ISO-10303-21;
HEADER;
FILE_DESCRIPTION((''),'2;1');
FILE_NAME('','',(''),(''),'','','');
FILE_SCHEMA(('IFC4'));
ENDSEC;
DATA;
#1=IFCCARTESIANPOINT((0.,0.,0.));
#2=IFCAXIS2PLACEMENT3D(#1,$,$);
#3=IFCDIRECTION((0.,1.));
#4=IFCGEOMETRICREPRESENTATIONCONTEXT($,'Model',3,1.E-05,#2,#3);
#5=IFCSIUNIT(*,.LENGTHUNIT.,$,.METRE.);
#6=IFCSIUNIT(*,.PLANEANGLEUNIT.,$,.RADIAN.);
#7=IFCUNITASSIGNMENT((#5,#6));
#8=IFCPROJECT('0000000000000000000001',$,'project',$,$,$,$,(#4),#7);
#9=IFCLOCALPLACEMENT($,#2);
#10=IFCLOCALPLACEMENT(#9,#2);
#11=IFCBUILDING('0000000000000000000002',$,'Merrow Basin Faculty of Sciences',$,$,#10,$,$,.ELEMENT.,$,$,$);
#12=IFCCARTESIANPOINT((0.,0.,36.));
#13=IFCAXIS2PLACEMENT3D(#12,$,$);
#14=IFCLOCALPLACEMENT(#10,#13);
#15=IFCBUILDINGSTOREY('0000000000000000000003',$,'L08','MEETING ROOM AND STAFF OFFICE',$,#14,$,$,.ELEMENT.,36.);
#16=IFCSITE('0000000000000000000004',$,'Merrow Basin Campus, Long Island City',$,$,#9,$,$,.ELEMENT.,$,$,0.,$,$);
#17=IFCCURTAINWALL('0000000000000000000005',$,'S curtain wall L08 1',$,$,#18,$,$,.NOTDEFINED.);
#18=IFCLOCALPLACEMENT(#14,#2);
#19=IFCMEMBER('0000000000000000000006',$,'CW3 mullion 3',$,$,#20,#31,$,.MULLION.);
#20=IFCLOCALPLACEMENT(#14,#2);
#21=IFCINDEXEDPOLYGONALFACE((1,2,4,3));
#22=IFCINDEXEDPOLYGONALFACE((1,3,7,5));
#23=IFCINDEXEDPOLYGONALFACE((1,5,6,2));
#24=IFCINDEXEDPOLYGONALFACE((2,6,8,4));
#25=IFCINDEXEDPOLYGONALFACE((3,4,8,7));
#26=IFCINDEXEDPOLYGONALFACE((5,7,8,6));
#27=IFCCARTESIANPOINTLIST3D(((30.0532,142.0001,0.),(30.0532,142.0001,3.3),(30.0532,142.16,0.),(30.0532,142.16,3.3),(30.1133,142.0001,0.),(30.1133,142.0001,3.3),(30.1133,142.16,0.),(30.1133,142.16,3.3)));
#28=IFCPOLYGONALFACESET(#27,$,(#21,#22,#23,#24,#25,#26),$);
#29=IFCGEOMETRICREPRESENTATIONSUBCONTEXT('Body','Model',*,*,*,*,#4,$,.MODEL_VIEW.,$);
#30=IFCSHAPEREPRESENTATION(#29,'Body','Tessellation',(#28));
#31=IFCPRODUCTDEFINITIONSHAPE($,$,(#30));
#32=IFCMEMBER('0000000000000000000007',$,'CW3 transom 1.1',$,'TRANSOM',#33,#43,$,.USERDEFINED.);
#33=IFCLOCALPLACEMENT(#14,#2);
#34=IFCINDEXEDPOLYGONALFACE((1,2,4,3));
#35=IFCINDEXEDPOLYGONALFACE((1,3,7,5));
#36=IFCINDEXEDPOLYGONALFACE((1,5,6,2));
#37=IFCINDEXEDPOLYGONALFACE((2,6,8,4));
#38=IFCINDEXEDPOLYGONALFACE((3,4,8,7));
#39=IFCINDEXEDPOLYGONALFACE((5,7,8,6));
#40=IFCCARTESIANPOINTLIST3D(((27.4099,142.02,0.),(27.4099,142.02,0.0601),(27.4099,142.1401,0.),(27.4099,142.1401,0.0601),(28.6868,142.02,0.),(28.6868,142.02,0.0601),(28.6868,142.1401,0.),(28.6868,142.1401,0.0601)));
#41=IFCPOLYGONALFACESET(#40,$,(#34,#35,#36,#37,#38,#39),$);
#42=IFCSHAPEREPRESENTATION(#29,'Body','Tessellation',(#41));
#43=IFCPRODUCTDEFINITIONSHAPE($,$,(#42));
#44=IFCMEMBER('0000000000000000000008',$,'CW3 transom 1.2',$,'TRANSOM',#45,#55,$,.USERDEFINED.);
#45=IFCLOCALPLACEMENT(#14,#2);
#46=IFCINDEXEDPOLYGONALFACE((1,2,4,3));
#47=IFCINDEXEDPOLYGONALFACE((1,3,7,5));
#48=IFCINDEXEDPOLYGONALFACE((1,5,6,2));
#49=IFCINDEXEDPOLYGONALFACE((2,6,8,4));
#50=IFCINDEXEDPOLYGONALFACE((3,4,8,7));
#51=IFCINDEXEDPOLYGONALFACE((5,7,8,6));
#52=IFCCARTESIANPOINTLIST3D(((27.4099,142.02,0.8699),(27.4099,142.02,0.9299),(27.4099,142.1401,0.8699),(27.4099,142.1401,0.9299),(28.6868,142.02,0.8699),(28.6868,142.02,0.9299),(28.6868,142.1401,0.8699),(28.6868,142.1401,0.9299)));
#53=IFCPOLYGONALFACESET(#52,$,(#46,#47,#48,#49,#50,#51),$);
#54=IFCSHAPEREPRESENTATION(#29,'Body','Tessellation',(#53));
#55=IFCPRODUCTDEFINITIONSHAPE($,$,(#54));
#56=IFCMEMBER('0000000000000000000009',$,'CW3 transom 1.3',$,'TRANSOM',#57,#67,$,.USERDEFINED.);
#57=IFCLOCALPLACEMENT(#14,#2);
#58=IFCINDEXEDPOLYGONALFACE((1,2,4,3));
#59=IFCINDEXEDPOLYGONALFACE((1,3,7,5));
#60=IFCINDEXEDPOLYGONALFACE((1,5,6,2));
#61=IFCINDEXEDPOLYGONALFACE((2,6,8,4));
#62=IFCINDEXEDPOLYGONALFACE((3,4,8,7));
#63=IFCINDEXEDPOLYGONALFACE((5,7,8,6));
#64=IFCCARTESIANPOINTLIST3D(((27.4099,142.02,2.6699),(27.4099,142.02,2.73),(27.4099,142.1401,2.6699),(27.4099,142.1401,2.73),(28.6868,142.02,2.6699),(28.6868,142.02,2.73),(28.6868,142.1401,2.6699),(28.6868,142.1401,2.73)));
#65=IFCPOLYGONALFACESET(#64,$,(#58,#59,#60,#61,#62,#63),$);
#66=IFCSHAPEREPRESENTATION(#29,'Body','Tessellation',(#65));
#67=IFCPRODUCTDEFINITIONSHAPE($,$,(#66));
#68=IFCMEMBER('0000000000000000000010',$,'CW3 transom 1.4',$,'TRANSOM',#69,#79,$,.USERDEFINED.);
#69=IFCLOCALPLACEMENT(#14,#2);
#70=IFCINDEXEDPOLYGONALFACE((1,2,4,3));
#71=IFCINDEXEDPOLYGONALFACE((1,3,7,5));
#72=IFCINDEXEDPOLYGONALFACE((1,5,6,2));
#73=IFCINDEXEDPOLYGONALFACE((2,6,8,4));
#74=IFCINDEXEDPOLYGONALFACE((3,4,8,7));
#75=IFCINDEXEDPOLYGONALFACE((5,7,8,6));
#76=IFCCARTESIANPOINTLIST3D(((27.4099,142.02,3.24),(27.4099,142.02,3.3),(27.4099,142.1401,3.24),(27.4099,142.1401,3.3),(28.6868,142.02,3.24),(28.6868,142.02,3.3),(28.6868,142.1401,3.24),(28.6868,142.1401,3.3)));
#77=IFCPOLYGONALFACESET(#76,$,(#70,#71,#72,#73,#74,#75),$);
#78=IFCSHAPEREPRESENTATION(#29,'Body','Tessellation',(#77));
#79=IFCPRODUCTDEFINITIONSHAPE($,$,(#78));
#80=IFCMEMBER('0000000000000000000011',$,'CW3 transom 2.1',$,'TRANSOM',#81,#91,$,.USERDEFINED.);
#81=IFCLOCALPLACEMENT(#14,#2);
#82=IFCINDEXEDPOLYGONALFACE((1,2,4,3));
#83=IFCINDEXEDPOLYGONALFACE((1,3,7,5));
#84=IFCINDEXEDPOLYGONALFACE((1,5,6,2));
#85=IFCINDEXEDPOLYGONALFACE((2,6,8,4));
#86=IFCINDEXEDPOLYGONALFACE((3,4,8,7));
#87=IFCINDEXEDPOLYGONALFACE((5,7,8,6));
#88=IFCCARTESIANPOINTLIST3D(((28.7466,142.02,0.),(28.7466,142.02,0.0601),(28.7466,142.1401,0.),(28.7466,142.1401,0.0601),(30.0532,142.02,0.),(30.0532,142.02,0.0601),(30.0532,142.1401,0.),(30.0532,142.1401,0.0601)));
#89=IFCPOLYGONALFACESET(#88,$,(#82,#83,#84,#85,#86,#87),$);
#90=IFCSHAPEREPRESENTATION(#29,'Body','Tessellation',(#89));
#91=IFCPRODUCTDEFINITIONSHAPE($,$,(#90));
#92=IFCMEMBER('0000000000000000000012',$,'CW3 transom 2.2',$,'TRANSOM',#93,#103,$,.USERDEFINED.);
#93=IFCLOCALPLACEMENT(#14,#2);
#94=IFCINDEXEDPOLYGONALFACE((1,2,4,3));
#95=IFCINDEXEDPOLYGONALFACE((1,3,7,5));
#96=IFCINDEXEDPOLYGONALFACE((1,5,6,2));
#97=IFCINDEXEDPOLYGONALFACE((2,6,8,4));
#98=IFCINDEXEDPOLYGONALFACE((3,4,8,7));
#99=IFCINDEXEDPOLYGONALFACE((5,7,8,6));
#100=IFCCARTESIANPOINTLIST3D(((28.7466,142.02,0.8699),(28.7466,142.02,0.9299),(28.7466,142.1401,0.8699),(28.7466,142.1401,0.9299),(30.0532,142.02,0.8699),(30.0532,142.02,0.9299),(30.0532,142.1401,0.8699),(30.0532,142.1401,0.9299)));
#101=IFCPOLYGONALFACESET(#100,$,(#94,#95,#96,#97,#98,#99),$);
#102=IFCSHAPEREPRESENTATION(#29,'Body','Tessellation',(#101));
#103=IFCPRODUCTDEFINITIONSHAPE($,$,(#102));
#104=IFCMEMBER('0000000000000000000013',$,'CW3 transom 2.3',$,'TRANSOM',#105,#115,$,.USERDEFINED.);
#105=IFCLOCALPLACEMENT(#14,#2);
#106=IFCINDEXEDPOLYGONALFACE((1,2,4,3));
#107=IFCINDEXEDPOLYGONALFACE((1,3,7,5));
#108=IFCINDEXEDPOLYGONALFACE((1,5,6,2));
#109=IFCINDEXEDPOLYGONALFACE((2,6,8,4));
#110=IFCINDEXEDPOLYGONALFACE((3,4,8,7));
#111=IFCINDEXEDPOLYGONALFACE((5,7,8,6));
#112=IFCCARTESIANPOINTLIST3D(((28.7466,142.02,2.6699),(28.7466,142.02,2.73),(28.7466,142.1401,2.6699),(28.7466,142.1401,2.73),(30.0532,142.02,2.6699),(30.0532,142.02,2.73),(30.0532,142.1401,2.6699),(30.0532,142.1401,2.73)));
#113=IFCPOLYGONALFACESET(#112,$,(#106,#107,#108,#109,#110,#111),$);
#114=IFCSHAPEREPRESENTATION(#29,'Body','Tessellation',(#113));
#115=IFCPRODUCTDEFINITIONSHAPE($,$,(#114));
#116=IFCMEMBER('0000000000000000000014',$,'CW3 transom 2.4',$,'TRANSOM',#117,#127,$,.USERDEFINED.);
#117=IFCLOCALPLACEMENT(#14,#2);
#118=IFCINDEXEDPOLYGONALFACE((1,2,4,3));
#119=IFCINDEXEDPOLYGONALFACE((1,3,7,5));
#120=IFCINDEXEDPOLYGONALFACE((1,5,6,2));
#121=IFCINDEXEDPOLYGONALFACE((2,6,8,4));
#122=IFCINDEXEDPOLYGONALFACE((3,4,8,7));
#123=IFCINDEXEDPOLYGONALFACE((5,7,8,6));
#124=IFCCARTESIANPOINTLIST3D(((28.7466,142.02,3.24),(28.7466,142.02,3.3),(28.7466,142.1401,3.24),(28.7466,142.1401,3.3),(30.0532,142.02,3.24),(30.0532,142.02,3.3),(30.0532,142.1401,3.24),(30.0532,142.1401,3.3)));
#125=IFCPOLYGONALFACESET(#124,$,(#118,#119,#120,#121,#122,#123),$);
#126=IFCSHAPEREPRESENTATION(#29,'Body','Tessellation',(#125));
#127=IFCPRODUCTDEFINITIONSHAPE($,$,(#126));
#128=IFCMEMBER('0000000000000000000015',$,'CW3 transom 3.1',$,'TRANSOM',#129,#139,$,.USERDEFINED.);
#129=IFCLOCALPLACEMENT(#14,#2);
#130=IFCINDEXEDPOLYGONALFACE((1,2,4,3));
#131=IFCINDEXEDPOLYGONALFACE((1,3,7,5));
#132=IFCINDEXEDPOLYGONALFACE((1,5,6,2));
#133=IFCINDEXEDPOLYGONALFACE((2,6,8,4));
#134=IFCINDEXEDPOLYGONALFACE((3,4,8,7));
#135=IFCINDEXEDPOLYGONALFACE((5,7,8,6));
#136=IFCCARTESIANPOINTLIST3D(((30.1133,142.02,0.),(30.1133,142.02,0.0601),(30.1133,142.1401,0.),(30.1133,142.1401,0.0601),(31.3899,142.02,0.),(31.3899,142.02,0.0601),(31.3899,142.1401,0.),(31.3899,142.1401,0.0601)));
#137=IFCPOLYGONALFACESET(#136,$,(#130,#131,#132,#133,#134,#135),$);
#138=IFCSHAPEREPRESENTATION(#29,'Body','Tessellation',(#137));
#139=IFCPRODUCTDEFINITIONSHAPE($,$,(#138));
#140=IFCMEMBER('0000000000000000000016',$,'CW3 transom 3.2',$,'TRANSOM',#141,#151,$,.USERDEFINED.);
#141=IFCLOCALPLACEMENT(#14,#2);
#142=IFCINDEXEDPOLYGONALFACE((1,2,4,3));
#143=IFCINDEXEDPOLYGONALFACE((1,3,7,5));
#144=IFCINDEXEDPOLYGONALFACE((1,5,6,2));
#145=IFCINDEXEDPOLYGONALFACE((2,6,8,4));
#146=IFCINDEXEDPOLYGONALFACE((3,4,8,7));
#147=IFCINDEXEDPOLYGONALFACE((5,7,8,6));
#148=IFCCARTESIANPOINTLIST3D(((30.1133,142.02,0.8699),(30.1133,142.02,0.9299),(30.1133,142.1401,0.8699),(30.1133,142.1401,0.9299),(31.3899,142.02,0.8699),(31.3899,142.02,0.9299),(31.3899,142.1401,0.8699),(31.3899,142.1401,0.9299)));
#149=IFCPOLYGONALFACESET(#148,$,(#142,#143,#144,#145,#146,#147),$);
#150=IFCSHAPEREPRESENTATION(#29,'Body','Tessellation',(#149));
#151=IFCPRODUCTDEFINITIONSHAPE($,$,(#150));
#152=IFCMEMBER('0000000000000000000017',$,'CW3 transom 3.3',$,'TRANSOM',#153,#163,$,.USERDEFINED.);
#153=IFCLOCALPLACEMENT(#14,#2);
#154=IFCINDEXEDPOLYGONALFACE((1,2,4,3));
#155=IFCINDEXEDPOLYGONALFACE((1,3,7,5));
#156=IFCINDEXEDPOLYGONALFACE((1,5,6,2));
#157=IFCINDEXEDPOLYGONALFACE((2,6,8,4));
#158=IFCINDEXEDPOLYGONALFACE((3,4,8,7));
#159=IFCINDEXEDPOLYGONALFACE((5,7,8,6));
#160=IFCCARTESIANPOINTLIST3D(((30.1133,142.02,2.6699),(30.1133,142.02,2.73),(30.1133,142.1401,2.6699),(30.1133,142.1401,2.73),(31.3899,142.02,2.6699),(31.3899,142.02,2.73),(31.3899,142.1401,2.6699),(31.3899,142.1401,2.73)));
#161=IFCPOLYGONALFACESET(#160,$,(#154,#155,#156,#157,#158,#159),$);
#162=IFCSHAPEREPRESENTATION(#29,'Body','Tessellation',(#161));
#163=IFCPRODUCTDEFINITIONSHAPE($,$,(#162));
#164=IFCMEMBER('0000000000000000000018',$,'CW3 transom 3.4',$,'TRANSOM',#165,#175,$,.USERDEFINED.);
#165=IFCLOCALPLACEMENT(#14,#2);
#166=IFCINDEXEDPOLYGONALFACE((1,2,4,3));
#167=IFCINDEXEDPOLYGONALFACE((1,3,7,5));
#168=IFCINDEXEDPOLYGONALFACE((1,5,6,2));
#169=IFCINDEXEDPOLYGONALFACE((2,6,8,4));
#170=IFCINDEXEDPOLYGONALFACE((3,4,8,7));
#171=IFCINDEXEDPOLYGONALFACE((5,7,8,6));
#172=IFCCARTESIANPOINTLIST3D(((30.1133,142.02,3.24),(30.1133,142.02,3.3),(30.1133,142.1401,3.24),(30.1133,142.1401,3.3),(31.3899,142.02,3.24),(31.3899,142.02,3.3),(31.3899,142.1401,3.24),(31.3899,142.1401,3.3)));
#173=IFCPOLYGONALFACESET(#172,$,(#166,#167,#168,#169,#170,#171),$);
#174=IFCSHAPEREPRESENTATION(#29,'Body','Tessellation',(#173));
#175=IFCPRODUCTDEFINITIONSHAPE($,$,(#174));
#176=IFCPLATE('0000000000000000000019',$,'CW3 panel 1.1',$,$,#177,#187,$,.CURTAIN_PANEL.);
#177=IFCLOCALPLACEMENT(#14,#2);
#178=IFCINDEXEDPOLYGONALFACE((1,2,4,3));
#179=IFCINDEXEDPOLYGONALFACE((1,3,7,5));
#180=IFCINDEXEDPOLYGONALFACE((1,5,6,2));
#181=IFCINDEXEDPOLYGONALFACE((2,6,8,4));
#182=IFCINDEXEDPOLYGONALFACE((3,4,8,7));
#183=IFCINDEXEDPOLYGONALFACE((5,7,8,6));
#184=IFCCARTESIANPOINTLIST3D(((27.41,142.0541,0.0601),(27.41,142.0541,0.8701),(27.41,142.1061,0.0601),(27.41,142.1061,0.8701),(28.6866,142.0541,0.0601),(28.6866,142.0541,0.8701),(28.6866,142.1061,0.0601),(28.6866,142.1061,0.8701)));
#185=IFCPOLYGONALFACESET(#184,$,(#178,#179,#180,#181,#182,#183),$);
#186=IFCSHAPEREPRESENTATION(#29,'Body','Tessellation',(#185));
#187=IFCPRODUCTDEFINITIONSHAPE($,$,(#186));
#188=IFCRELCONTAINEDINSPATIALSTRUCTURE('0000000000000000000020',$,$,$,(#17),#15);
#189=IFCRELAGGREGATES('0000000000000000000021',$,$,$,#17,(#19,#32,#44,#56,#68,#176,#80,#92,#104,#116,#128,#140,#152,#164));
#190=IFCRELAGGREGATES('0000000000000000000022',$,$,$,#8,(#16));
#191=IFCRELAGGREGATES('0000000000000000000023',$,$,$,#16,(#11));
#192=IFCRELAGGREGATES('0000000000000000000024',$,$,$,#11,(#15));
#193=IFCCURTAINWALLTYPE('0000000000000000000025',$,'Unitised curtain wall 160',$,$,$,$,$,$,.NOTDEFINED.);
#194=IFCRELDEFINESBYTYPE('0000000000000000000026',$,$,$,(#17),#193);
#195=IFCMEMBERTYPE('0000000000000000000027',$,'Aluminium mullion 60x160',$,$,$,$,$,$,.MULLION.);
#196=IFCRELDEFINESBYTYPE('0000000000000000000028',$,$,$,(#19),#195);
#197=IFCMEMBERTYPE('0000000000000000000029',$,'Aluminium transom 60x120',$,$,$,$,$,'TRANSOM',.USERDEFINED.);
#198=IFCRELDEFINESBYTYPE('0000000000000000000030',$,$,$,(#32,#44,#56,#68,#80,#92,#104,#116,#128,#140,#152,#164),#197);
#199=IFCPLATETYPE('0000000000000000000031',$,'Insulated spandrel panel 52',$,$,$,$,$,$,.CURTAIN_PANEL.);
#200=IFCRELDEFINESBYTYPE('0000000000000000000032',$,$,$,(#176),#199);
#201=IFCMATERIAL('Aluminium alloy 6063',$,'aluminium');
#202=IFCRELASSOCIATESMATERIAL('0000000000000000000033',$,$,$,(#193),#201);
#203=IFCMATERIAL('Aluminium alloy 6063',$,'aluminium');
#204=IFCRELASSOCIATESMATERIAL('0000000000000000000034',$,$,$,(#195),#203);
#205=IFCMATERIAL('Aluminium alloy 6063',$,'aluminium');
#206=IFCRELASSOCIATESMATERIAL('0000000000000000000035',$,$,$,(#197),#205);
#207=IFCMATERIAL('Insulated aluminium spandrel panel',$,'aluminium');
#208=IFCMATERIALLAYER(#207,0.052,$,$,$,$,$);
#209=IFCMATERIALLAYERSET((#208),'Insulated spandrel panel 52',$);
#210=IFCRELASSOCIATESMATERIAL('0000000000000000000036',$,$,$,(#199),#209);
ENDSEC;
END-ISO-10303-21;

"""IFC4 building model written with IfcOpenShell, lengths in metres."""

from ifc_helpers import new_model, si_unit, direction, frame, origin, origin_2d, place, context, subcontext, project, spatial, rectangle, extrude, material, layer, layer_set, material_profile, profile_set, type_object, element, aggregate, save


model = new_model("IFC4")

# Units and contexts
model_context = context("Model", 3, precision=1e-05, world=origin(), true_north=direction((0.0, 1.0)))
body_context = subcontext(model_context, "Body", "Model", "MODEL_VIEW")
ifc_project = project(units=[si_unit("LENGTHUNIT", "METRE"), si_unit("PLANEANGLEUNIT", "RADIAN")], contexts=[model_context])

# Site, building, storey
site_placement = place(None, origin())
site = spatial("IfcSite", under=ifc_project, at=site_placement, Name="Merrow Basin Campus, Long Island City", CompositionType="ELEMENT", RefElevation=0.0)
building_placement = place(site_placement, origin())
building = spatial("IfcBuilding", under=site, at=building_placement, Name="Merrow Basin Faculty of Sciences", CompositionType="ELEMENT")
storey_placement = place(building_placement, frame((0.0, 0.0, 36.0)))
storey = spatial("IfcBuildingStorey", under=building, at=storey_placement, Name="L08", Description="MEETING ROOM AND STAFF OFFICE", CompositionType="ELEMENT", Elevation=36.0)

# Curtain wall, members, plate
ifc_material_1 = material(Name="Aluminium alloy 6063", Category="aluminium")
curtain_wall_type = type_object("IfcCurtainWallType", Name="Unitised curtain wall 160", PredefinedType="NOTDEFINED", material=ifc_material_1)
curtain_wall_placement = place(storey_placement, origin())
curtain_wall = element("IfcCurtainWall", 1, at=curtain_wall_placement, inside=storey, type_object=curtain_wall_type, Name="S curtain wall L08 1", PredefinedType="NOTDEFINED")
ifc_material_2 = material(Name="Aluminium alloy 6063", Category="aluminium")
ifc_material_profile_1 = material_profile(ifc_material_2, rectangle(XDim=0.1599, YDim=0.0601, at=origin_2d()))
ifc_profile_set_1 = profile_set([ifc_material_profile_1], Name="Aluminium alloy 6063")
member_type_1 = type_object("IfcMemberType", Name="Aluminium mullion 60x160", PredefinedType="MULLION", material=ifc_profile_set_1)
member_1_placement = place(storey_placement, frame((30.0833, 142.0801, 0.0), z_axis=(0.0, 0.0, 1.0), x_axis=(0.0, 1.0, 0.0)))
member_1 = element("IfcMember", 2, at=member_1_placement, type_object=member_type_1, Name="CW3 mullion 3", PredefinedType="MULLION", context=body_context, shape_type="SweptSolid", body=[
    extrude(rectangle(XDim=0.1599, YDim=0.0601, at=origin_2d()), origin(), (0.0, 0.0, 1.0), 3.3),
])
ifc_material_3 = material(Name="Aluminium alloy 6063", Category="aluminium")
ifc_material_profile_2 = material_profile(ifc_material_3, rectangle(XDim=0.1201, YDim=0.0601, at=origin_2d()))
ifc_profile_set_2 = profile_set([ifc_material_profile_2], Name="Aluminium alloy 6063")
member_type_2 = type_object("IfcMemberType", Name="Aluminium transom 60x120", ElementType="TRANSOM", PredefinedType="USERDEFINED", material=ifc_profile_set_2)
member_2_placement = place(storey_placement, frame((27.4099, 142.0801, 0.03), z_axis=(1.0, 0.0, 0.0), x_axis=(0.0, 1.0, 0.0)))
member_2 = element("IfcMember", 3, at=member_2_placement, type_object=member_type_2, Name="CW3 transom 1.1", ObjectType="TRANSOM", PredefinedType="USERDEFINED", context=body_context, shape_type="SweptSolid", body=[
    extrude(rectangle(XDim=0.1201, YDim=0.0601, at=origin_2d()), origin(), (0.0, 0.0, 1.0), 1.2769),
])
member_3_placement = place(storey_placement, frame((27.4099, 142.0801, 0.8999), z_axis=(1.0, 0.0, 0.0), x_axis=(0.0, 1.0, 0.0)))
member_3 = element("IfcMember", 4, at=member_3_placement, type_object=member_type_2, Name="CW3 transom 1.2", ObjectType="TRANSOM", PredefinedType="USERDEFINED", context=body_context, shape_type="SweptSolid", body=[
    extrude(rectangle(XDim=0.1201, YDim=0.0601, at=origin_2d()), origin(), (0.0, 0.0, 1.0), 1.2769),
])
member_4_placement = place(storey_placement, frame((27.4099, 142.0801, 2.7), z_axis=(1.0, 0.0, 0.0), x_axis=(0.0, 1.0, 0.0)))
member_4 = element("IfcMember", 5, at=member_4_placement, type_object=member_type_2, Name="CW3 transom 1.3", ObjectType="TRANSOM", PredefinedType="USERDEFINED", context=body_context, shape_type="SweptSolid", body=[
    extrude(rectangle(XDim=0.1201, YDim=0.0601, at=origin_2d()), origin(), (0.0, 0.0, 1.0), 1.2769),
])
member_5_placement = place(storey_placement, frame((27.4099, 142.0801, 3.27), z_axis=(1.0, 0.0, 0.0), x_axis=(0.0, 1.0, 0.0)))
member_5 = element("IfcMember", 6, at=member_5_placement, type_object=member_type_2, Name="CW3 transom 1.4", ObjectType="TRANSOM", PredefinedType="USERDEFINED", context=body_context, shape_type="SweptSolid", body=[
    extrude(rectangle(XDim=0.1201, YDim=0.0601, at=origin_2d()), origin(), (0.0, 0.0, 1.0), 1.2769),
])
member_6_placement = place(storey_placement, frame((28.7466, 142.0801, 0.03), z_axis=(1.0, 0.0, 0.0), x_axis=(0.0, 1.0, 0.0)))
member_6 = element("IfcMember", 7, at=member_6_placement, type_object=member_type_2, Name="CW3 transom 2.1", ObjectType="TRANSOM", PredefinedType="USERDEFINED", context=body_context, shape_type="SweptSolid", body=[
    extrude(rectangle(XDim=0.1201, YDim=0.0601, at=origin_2d()), origin(), (0.0, 0.0, 1.0), 1.3066),
])
member_7_placement = place(storey_placement, frame((28.7466, 142.0801, 0.8999), z_axis=(1.0, 0.0, 0.0), x_axis=(0.0, 1.0, 0.0)))
member_7 = element("IfcMember", 8, at=member_7_placement, type_object=member_type_2, Name="CW3 transom 2.2", ObjectType="TRANSOM", PredefinedType="USERDEFINED", context=body_context, shape_type="SweptSolid", body=[
    extrude(rectangle(XDim=0.1201, YDim=0.0601, at=origin_2d()), origin(), (0.0, 0.0, 1.0), 1.3066),
])
member_8_placement = place(storey_placement, frame((28.7466, 142.0801, 2.7), z_axis=(1.0, 0.0, 0.0), x_axis=(0.0, 1.0, 0.0)))
member_8 = element("IfcMember", 9, at=member_8_placement, type_object=member_type_2, Name="CW3 transom 2.3", ObjectType="TRANSOM", PredefinedType="USERDEFINED", context=body_context, shape_type="SweptSolid", body=[
    extrude(rectangle(XDim=0.1201, YDim=0.0601, at=origin_2d()), origin(), (0.0, 0.0, 1.0), 1.3066),
])
member_9_placement = place(storey_placement, frame((28.7466, 142.0801, 3.27), z_axis=(1.0, 0.0, 0.0), x_axis=(0.0, 1.0, 0.0)))
member_9 = element("IfcMember", 10, at=member_9_placement, type_object=member_type_2, Name="CW3 transom 2.4", ObjectType="TRANSOM", PredefinedType="USERDEFINED", context=body_context, shape_type="SweptSolid", body=[
    extrude(rectangle(XDim=0.1201, YDim=0.0601, at=origin_2d()), origin(), (0.0, 0.0, 1.0), 1.3066),
])
member_10_placement = place(storey_placement, frame((30.1133, 142.0801, 0.03), z_axis=(1.0, 0.0, 0.0), x_axis=(0.0, 1.0, 0.0)))
member_10 = element("IfcMember", 11, at=member_10_placement, type_object=member_type_2, Name="CW3 transom 3.1", ObjectType="TRANSOM", PredefinedType="USERDEFINED", context=body_context, shape_type="SweptSolid", body=[
    extrude(rectangle(XDim=0.1201, YDim=0.0601, at=origin_2d()), origin(), (0.0, 0.0, 1.0), 1.2766),
])
member_11_placement = place(storey_placement, frame((30.1133, 142.0801, 0.8999), z_axis=(1.0, 0.0, 0.0), x_axis=(0.0, 1.0, 0.0)))
member_11 = element("IfcMember", 12, at=member_11_placement, type_object=member_type_2, Name="CW3 transom 3.2", ObjectType="TRANSOM", PredefinedType="USERDEFINED", context=body_context, shape_type="SweptSolid", body=[
    extrude(rectangle(XDim=0.1201, YDim=0.0601, at=origin_2d()), origin(), (0.0, 0.0, 1.0), 1.2766),
])
member_12_placement = place(storey_placement, frame((30.1133, 142.0801, 2.7), z_axis=(1.0, 0.0, 0.0), x_axis=(0.0, 1.0, 0.0)))
member_12 = element("IfcMember", 13, at=member_12_placement, type_object=member_type_2, Name="CW3 transom 3.3", ObjectType="TRANSOM", PredefinedType="USERDEFINED", context=body_context, shape_type="SweptSolid", body=[
    extrude(rectangle(XDim=0.1201, YDim=0.0601, at=origin_2d()), origin(), (0.0, 0.0, 1.0), 1.2766),
])
member_13_placement = place(storey_placement, frame((30.1133, 142.0801, 3.27), z_axis=(1.0, 0.0, 0.0), x_axis=(0.0, 1.0, 0.0)))
member_13 = element("IfcMember", 14, at=member_13_placement, type_object=member_type_2, Name="CW3 transom 3.4", ObjectType="TRANSOM", PredefinedType="USERDEFINED", context=body_context, shape_type="SweptSolid", body=[
    extrude(rectangle(XDim=0.1201, YDim=0.0601, at=origin_2d()), origin(), (0.0, 0.0, 1.0), 1.2766),
])
ifc_material_4 = material(Name="Insulated aluminium spandrel panel", Category="aluminium")
ifc_layer_1 = layer(ifc_material_4, 0.052)
ifc_layer_set_1 = layer_set([ifc_layer_1], Name="Insulated spandrel panel 52")
plate_type_1 = type_object("IfcPlateType", Name="Insulated spandrel panel 52", PredefinedType="CURTAIN_PANEL", material=ifc_layer_set_1)
plate_1_placement = place(storey_placement, frame((28.0483, 142.0801, 0.0601), z_axis=(0.0, 0.0, 1.0), x_axis=(1.0, 0.0, 0.0)))
plate_1 = element("IfcPlate", 15, at=plate_1_placement, type_object=plate_type_1, Name="CW3 panel 1.1", PredefinedType="CURTAIN_PANEL", context=body_context, shape_type="SweptSolid", body=[
    extrude(rectangle(XDim=1.2766, YDim=0.052, at=origin_2d()), origin(), (0.0, 0.0, 1.0), 0.8101),
])
aggregate(curtain_wall, [member_1, member_2, member_3, member_4, member_5, plate_1, member_6, member_7, member_8, member_9, member_10, member_11, member_12, member_13])

save(model, "model.ifc")
